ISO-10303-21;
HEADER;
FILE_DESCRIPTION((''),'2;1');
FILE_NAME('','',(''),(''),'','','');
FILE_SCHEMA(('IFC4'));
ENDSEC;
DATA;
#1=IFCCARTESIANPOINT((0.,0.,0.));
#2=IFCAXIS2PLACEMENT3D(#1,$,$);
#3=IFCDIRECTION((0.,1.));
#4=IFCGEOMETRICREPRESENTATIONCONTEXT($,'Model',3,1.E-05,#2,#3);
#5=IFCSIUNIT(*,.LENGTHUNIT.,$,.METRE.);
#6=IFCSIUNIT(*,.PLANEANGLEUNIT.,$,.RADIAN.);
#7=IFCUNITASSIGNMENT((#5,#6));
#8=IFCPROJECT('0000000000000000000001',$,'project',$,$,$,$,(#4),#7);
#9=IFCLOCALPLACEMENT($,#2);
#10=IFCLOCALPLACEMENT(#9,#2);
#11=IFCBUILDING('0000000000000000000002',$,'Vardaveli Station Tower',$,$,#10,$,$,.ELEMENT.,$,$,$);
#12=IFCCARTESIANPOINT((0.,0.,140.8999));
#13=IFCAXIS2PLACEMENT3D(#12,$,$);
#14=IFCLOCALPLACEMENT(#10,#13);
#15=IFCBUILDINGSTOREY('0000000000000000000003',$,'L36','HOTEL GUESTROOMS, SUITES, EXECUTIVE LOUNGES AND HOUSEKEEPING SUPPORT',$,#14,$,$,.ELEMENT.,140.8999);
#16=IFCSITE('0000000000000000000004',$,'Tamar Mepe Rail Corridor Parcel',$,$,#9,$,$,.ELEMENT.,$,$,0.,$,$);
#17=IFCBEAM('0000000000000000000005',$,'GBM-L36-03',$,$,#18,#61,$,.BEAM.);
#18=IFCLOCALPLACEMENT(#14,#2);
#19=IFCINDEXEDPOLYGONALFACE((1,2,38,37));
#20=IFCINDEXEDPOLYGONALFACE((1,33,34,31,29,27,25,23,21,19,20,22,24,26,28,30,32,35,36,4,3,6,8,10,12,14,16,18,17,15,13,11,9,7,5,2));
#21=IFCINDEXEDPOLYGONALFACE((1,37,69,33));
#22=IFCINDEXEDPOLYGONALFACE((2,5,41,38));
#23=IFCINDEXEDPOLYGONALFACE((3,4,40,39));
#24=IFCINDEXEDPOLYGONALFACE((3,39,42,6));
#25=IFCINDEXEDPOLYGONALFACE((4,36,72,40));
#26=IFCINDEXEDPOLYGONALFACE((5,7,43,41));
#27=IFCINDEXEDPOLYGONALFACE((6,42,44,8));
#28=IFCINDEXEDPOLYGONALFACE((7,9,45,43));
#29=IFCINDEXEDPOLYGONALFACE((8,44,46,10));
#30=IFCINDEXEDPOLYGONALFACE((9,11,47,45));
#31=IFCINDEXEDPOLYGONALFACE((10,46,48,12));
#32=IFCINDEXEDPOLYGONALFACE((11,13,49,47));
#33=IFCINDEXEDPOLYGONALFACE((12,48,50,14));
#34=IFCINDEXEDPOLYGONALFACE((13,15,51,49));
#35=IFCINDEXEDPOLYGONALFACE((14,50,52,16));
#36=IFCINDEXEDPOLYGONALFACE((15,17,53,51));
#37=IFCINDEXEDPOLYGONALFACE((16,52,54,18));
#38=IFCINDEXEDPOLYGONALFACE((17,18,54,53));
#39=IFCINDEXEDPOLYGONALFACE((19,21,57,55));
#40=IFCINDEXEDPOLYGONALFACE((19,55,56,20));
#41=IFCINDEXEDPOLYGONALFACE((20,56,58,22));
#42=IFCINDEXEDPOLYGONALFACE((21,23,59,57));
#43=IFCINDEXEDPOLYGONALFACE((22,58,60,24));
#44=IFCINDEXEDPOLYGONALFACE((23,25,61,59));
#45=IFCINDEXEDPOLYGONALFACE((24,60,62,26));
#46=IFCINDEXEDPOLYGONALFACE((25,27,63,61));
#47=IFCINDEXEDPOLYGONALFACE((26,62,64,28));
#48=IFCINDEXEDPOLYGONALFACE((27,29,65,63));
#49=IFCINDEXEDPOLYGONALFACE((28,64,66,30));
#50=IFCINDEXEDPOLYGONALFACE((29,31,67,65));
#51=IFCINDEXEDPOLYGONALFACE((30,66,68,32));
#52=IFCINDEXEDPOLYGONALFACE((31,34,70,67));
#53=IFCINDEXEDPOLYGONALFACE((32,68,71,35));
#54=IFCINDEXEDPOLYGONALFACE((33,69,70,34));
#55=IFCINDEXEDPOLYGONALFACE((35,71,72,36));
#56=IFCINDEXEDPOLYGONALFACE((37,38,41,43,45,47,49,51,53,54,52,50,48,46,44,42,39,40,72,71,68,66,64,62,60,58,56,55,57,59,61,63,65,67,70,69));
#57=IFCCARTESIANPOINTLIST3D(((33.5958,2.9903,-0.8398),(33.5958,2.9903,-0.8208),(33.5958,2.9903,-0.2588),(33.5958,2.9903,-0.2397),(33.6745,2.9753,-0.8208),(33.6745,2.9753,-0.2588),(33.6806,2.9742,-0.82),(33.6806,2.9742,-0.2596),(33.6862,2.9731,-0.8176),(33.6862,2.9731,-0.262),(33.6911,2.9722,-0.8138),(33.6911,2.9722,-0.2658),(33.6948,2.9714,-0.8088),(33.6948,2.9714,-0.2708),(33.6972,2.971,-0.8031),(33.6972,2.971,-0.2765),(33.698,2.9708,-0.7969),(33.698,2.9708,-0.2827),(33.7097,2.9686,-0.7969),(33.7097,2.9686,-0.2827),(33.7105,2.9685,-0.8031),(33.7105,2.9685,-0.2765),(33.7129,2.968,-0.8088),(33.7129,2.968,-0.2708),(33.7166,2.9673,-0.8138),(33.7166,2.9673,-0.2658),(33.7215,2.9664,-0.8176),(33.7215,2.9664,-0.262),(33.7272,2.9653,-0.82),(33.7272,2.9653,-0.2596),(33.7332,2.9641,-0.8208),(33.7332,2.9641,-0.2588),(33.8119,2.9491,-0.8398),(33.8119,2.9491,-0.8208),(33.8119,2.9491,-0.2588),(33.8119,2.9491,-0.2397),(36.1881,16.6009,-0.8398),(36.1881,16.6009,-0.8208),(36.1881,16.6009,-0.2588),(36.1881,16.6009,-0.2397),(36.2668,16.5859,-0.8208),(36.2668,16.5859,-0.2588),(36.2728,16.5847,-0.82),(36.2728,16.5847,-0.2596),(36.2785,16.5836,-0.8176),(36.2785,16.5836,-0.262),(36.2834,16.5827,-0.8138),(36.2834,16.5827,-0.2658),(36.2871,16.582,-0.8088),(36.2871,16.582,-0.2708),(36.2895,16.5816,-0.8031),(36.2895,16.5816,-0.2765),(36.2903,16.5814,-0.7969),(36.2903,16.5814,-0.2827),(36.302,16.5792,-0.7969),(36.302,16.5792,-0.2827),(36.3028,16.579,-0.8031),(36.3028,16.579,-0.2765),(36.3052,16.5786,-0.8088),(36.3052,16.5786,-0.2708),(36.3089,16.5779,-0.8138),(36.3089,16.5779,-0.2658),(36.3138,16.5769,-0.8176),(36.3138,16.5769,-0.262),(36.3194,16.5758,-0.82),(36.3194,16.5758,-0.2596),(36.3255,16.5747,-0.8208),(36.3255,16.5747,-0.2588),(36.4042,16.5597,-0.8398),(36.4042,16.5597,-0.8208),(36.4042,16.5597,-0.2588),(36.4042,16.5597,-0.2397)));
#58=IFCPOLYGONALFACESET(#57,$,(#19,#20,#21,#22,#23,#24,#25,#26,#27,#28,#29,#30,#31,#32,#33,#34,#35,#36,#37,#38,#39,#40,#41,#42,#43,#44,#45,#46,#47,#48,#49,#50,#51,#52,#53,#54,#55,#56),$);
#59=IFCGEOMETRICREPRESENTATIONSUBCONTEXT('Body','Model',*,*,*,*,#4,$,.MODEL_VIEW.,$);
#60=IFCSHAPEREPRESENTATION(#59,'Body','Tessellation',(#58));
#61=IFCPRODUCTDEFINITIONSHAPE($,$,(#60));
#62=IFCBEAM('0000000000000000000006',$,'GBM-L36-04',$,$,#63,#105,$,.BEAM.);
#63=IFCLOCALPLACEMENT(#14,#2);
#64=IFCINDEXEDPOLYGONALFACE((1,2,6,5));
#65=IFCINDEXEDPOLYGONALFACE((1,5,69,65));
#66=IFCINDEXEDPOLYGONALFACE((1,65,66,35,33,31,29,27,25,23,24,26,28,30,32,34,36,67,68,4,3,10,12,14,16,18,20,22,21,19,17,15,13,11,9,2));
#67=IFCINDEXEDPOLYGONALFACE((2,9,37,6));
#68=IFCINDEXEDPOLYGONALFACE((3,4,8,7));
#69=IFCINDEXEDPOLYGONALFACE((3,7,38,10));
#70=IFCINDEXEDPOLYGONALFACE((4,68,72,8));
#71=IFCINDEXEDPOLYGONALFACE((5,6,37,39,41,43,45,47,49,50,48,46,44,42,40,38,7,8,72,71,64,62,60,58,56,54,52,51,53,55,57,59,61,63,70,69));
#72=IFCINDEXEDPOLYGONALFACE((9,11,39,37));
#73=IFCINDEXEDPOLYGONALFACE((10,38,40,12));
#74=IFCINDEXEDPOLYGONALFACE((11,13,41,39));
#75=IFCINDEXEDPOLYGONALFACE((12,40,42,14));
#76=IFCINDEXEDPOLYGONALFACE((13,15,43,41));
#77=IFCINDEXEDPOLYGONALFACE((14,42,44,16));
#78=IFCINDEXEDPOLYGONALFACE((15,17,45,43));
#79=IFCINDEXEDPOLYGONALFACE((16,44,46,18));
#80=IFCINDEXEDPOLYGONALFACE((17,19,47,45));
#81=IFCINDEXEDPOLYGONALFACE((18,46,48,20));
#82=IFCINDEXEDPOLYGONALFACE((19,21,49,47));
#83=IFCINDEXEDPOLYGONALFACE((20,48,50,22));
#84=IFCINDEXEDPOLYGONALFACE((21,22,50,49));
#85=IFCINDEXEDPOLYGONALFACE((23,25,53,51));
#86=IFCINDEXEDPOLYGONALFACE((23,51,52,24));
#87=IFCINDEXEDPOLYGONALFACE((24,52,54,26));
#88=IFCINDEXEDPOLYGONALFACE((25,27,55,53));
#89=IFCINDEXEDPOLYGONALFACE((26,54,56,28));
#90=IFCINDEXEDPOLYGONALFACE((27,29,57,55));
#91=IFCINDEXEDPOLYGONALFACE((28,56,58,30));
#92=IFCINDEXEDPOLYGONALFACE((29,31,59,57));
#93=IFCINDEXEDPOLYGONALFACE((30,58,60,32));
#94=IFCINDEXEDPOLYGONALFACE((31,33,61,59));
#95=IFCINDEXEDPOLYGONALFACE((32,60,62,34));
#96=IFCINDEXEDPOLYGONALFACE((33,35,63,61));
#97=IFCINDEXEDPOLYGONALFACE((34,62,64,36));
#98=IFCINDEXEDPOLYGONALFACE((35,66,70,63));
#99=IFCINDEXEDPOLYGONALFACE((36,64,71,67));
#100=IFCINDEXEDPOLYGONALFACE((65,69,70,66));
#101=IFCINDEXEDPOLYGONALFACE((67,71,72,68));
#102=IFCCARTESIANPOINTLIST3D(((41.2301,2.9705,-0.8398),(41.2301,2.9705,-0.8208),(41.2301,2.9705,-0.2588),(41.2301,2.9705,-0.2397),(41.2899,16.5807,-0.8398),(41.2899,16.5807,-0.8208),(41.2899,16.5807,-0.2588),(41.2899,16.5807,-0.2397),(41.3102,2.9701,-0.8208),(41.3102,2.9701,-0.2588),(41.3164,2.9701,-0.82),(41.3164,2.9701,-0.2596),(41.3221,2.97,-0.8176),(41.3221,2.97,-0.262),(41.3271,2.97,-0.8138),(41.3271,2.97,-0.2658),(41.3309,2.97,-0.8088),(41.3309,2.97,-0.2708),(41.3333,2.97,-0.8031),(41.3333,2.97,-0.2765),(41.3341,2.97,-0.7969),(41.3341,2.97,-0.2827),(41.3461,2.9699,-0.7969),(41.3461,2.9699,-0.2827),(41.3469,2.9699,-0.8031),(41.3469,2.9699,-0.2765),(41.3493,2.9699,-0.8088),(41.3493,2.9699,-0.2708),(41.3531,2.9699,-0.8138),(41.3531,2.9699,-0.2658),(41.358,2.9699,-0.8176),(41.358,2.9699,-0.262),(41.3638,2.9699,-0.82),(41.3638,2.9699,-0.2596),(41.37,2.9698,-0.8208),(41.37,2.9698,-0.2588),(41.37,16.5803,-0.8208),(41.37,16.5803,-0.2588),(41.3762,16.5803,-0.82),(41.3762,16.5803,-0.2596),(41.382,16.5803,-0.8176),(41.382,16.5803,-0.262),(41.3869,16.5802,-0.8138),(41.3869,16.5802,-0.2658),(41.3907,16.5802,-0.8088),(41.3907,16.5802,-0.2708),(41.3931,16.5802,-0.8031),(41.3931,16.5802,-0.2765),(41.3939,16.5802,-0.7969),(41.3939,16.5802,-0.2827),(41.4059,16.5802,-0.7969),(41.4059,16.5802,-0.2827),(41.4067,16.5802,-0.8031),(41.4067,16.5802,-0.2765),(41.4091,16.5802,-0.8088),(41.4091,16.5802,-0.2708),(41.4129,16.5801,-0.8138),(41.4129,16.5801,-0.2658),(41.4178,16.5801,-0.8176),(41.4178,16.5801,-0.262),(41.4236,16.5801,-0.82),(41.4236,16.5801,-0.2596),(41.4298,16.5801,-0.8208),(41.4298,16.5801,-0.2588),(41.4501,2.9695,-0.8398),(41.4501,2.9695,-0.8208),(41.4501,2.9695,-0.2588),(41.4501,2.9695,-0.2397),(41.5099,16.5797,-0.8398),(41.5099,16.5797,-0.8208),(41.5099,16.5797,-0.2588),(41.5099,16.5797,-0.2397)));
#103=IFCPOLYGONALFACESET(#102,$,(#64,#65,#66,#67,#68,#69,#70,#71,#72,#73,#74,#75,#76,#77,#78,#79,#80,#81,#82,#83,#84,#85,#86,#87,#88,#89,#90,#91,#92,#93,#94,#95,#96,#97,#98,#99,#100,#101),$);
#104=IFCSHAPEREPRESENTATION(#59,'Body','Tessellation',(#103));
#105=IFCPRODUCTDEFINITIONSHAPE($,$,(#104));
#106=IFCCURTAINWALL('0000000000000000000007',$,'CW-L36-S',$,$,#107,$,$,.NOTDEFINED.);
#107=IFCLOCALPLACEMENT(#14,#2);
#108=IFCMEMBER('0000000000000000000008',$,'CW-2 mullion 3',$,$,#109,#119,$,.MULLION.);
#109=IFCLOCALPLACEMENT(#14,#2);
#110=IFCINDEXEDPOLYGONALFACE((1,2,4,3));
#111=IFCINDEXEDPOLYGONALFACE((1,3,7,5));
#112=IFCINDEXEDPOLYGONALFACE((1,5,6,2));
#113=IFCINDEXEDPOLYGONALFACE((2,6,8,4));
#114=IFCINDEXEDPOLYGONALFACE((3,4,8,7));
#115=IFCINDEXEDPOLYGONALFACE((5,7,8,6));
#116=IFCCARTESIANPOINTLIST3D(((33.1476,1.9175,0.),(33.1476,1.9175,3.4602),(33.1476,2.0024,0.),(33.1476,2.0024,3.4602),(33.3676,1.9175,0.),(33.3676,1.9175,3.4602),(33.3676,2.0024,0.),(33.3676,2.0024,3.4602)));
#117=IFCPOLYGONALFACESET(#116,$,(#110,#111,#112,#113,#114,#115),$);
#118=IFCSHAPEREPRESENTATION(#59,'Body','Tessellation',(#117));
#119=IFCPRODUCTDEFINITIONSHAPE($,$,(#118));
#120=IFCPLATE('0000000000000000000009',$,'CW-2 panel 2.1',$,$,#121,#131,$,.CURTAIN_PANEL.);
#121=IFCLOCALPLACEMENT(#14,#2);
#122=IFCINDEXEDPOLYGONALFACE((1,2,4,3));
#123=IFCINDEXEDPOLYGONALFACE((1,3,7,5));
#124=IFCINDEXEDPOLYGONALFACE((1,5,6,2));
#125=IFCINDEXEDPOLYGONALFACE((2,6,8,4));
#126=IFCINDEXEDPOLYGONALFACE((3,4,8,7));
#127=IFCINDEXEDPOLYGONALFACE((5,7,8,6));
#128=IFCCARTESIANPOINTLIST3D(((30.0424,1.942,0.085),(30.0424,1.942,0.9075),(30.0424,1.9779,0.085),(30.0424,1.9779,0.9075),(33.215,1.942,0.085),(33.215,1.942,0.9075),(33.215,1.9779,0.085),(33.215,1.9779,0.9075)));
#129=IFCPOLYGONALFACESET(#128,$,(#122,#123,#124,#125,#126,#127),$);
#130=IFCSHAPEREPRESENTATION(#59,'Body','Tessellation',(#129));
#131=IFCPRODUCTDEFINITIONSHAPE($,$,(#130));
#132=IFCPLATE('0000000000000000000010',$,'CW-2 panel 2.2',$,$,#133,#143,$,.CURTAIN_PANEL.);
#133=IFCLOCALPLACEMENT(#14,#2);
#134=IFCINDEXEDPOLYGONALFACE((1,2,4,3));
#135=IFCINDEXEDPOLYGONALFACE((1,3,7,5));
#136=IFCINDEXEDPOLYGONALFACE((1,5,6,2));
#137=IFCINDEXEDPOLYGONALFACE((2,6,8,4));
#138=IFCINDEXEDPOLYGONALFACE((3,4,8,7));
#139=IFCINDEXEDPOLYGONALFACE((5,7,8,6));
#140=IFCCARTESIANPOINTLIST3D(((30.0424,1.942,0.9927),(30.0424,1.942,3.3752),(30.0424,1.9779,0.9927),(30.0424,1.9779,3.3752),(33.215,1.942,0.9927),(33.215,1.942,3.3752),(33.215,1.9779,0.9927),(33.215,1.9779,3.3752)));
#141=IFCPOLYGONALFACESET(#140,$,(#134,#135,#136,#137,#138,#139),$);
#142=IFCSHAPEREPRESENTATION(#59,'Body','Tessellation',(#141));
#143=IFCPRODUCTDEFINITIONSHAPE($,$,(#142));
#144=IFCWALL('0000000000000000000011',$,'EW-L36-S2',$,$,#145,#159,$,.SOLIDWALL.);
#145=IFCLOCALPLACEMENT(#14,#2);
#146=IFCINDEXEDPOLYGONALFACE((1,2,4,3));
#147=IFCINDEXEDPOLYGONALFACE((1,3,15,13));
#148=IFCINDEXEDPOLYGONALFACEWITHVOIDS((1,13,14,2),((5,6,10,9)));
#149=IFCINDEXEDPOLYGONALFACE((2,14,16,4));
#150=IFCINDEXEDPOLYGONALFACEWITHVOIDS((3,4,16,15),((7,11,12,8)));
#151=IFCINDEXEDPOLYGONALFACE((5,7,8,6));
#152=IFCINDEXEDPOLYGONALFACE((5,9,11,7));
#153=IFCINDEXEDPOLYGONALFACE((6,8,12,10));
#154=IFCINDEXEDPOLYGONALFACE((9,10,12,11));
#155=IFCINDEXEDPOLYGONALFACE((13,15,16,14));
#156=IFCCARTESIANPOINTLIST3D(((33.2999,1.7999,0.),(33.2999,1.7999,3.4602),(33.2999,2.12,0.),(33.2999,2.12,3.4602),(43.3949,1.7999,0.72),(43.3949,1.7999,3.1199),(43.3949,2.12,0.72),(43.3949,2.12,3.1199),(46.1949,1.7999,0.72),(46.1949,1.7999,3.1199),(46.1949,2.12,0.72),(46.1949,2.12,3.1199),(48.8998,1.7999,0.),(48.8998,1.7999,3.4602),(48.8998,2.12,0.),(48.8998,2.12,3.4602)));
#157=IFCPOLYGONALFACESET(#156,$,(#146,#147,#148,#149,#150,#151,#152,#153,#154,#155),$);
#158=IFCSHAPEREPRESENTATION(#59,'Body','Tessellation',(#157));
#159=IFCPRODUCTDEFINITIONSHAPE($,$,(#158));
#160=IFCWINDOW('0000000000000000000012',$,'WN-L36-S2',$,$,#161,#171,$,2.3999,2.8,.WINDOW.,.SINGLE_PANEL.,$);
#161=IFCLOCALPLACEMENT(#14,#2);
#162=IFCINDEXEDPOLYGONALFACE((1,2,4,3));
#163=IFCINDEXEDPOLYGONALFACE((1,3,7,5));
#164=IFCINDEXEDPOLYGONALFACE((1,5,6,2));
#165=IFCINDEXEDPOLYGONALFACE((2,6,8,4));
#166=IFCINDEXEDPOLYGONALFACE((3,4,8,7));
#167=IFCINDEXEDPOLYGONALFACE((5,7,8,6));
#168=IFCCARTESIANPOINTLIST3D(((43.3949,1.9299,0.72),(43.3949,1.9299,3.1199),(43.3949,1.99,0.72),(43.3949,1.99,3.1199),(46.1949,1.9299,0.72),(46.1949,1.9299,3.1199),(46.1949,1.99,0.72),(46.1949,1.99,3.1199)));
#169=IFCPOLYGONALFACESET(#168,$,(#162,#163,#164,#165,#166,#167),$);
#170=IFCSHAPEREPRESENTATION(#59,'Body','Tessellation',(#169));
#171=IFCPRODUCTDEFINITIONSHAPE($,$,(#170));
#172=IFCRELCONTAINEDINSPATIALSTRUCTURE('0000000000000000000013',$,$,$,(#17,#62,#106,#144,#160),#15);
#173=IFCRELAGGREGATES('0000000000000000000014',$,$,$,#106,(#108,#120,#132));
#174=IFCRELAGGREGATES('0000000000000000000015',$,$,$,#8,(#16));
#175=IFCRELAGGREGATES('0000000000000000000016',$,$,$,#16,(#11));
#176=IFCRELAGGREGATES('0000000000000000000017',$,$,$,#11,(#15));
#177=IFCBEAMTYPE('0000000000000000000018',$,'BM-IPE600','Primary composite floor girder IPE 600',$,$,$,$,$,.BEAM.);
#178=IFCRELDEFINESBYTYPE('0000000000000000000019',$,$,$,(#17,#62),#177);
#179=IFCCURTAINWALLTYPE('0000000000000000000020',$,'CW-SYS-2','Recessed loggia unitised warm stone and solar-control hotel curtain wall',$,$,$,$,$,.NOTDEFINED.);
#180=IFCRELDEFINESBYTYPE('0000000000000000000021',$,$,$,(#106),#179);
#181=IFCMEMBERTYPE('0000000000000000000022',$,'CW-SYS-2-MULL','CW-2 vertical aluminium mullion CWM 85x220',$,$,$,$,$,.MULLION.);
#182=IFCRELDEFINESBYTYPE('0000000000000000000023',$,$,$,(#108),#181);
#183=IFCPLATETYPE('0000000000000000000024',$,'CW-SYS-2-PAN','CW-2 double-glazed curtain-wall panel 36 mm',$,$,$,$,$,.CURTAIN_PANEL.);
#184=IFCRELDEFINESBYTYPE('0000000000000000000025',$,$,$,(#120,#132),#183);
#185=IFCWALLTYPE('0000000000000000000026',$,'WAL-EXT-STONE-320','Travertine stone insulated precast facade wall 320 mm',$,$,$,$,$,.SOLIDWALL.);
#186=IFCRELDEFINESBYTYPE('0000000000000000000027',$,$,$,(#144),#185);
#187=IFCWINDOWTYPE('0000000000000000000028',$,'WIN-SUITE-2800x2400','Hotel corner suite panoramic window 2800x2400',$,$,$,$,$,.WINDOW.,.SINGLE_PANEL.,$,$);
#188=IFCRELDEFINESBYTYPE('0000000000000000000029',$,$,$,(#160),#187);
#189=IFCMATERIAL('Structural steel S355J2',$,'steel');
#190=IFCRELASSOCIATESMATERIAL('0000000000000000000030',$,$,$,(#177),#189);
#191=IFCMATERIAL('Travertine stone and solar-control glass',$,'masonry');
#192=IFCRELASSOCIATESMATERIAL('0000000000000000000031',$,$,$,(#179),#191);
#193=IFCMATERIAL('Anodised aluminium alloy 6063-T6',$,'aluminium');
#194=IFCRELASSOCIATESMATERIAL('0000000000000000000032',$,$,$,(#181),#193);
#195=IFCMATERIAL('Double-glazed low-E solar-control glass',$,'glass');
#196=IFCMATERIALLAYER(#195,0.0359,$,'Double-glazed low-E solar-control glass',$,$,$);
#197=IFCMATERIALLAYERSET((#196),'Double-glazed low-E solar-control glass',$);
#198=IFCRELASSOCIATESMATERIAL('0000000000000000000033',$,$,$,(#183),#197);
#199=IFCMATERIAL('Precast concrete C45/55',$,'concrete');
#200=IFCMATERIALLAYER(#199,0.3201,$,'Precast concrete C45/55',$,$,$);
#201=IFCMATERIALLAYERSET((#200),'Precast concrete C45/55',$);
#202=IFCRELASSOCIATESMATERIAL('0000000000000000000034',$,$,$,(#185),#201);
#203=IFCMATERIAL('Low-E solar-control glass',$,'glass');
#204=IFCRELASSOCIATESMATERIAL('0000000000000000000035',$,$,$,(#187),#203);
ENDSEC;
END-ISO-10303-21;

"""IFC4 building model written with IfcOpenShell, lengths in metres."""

from ifc_helpers import new_model, si_unit, direction, frame, frame_2d, origin, origin_2d, place, context, subcontext, project, spatial, rectangle, i_section, extrude, source, transform, mapped, material, layer, layer_set, material_profile, profile_set, type_object, element, fill, aggregate, save


model = new_model("IFC4")

# Units and contexts
model_context = context("Model", 3, precision=1e-05, world=origin(), true_north=direction((0.0, 1.0)))
body_context = subcontext(model_context, "Body", "Model", "MODEL_VIEW")
ifc_project = project(units=[si_unit("LENGTHUNIT", "METRE"), si_unit("PLANEANGLEUNIT", "RADIAN")], contexts=[model_context])

# Site, building, storey
site_placement = place(None, origin())
site = spatial("IfcSite", under=ifc_project, at=site_placement, Name="Tamar Mepe Rail Corridor Parcel", CompositionType="ELEMENT", RefElevation=0.0)
building_placement = place(site_placement, origin())
building = spatial("IfcBuilding", under=site, at=building_placement, Name="Vardaveli Station Tower", CompositionType="ELEMENT")
storey_placement = place(building_placement, frame((0.0, 0.0, 140.8999)))
storey = spatial("IfcBuildingStorey", under=building, at=storey_placement, Name="L36", Description="HOTEL GUESTROOMS, SUITES, EXECUTIVE LOUNGES AND HOUSEKEEPING SUPPORT", CompositionType="ELEMENT", Elevation=140.8999)

# Beams
ifc_material_1 = material(Name="Structural steel S355J2", Category="steel")
ifc_material_2 = material(Name="Precast concrete C45/55", Category="concrete")
ifc_material_profile_1 = material_profile(ifc_material_1, i_section(OverallWidth=0.22, OverallDepth=0.6001, WebThickness=0.012, FlangeThickness=0.019, FilletRadius=0.0239, at=origin_2d()), Name="IPE 600")
ifc_profile_set_1 = profile_set([ifc_material_profile_1], Name="Structural steel S355J2")
beam_type_1 = type_object("IfcBeamType", Name="BM-IPE600", Description="Primary composite floor girder IPE 600", PredefinedType="BEAM", material=ifc_profile_set_1)
shared_shape_1 = source(origin(), body_context, "Body", "SweptSolid", [
    extrude(i_section(OverallWidth=0.22, OverallDepth=0.6001, WebThickness=0.012, FlangeThickness=0.019, FilletRadius=0.0239, at=origin_2d()), origin(), (0.0, 0.0, 1.0), 13.8552),
])
beam_1_placement = place(storey_placement, frame((33.7039, 2.9697, -0.5398), z_axis=(0.187098, 0.982341, 0.0), x_axis=(-0.982341, 0.187098, 0.0)))
element("IfcBeam", 1, at=beam_1_placement, inside=storey, type_object=beam_type_1, Name="GBM-L36-03", PredefinedType="BEAM", context=body_context, shape_type="MappedRepresentation", body=[
    mapped(shared_shape_1, transform((0.0, 0.0, 0.0), scale=1.0)),
])
shared_shape_2 = source(origin(), body_context, "Body", "SweptSolid", [
    extrude(i_section(OverallWidth=0.22, OverallDepth=0.6001, WebThickness=0.012, FlangeThickness=0.019, FilletRadius=0.0239, at=origin_2d()), origin(), (0.0, 0.0, 1.0), 13.6104),
])
beam_2_placement = place(storey_placement, frame((41.3401, 2.97, -0.5398), z_axis=(0.004395, 0.99999, 0.0), x_axis=(-0.99999, 0.004395, 0.0)))
element("IfcBeam", 2, at=beam_2_placement, inside=storey, type_object=beam_type_1, Name="GBM-L36-04", PredefinedType="BEAM", context=body_context, shape_type="MappedRepresentation", body=[
    mapped(shared_shape_2, transform((0.0, 0.0, 0.0), scale=1.0)),
])

# Curtain wall, member, plates
ifc_material_3 = material(Name="Travertine stone and solar-control glass", Category="masonry")
curtain_wall_type = type_object("IfcCurtainWallType", Name="CW-SYS-2", Description="Recessed loggia unitised warm stone and solar-control hotel curtain wall", PredefinedType="NOTDEFINED", material=ifc_material_3)
curtain_wall_placement = place(storey_placement, origin())
curtain_wall = element("IfcCurtainWall", 3, at=curtain_wall_placement, inside=storey, type_object=curtain_wall_type, Name="CW-L36-S", PredefinedType="NOTDEFINED")
ifc_material_4 = material(Name="Anodised aluminium alloy 6063-T6", Category="aluminium")
ifc_material_profile_2 = material_profile(ifc_material_4, rectangle(XDim=0.085, YDim=0.22, at=origin_2d()), Name="CWM 85x220")
ifc_profile_set_2 = profile_set([ifc_material_profile_2], Name="Anodised aluminium alloy 6063-T6")
member_type = type_object("IfcMemberType", Name="CW-SYS-2-MULL", Description="CW-2 vertical aluminium mullion CWM 85x220", PredefinedType="MULLION", material=ifc_profile_set_2)
shared_shape_3 = source(origin(), body_context, "Body", "SweptSolid", [
    extrude(rectangle(XDim=0.085, YDim=0.22, at=origin_2d()), origin(), (0.0, 0.0, 1.0), 3.4602),
])
member_placement = place(storey_placement, frame((33.2576, 1.96, 0.0), z_axis=(0.0, 0.0, 1.0), x_axis=(0.0, 1.0, 0.0)))
member = element("IfcMember", 4, at=member_placement, type_object=member_type, Name="CW-2 mullion 3", PredefinedType="MULLION", context=body_context, shape_type="MappedRepresentation", body=[
    mapped(shared_shape_3, transform((0.0, 0.0, 0.0), scale=1.0)),
])
ifc_material_5 = material(Name="Double-glazed low-E solar-control glass", Category="glass")
ifc_layer_1 = layer(ifc_material_5, 0.0359, Name="Double-glazed low-E solar-control glass")
ifc_layer_set_1 = layer_set([ifc_layer_1], Name="Double-glazed low-E solar-control glass")
plate_type = type_object("IfcPlateType", Name="CW-SYS-2-PAN", Description="CW-2 double-glazed curtain-wall panel 36 mm", PredefinedType="CURTAIN_PANEL", material=ifc_layer_set_1)
shared_shape_4 = source(origin(), body_context, "Body", "SweptSolid", [
    extrude(rectangle(XDim=3.1726, YDim=0.0359, at=origin_2d()), origin(), (0.0, 0.0, 1.0), 0.8225),
])
plate_1_placement = place(storey_placement, frame((31.6287, 1.96, 0.085), z_axis=(0.0, 0.0, 1.0), x_axis=(1.0, 0.0, 0.0)))
plate_1 = element("IfcPlate", 5, at=plate_1_placement, type_object=plate_type, Name="CW-2 panel 2.1", PredefinedType="CURTAIN_PANEL", context=body_context, shape_type="MappedRepresentation", body=[
    mapped(shared_shape_4, transform((0.0, 0.0, 0.0), scale=1.0)),
])
shared_shape_5 = source(origin(), body_context, "Body", "SweptSolid", [
    extrude(rectangle(XDim=3.1726, YDim=0.0359, at=origin_2d()), origin(), (0.0, 0.0, 1.0), 2.3826),
])
plate_2_placement = place(storey_placement, frame((31.6287, 1.96, 0.9927), z_axis=(0.0, 0.0, 1.0), x_axis=(1.0, 0.0, 0.0)))
plate_2 = element("IfcPlate", 6, at=plate_2_placement, type_object=plate_type, Name="CW-2 panel 2.2", PredefinedType="CURTAIN_PANEL", context=body_context, shape_type="MappedRepresentation", body=[
    mapped(shared_shape_5, transform((0.0, 0.0, 0.0), scale=1.0)),
])
aggregate(curtain_wall, [member, plate_1, plate_2])

# Wall, opening, window
ifc_layer_2 = layer(ifc_material_2, 0.3201, Name="Precast concrete C45/55")
ifc_layer_set_2 = layer_set([ifc_layer_2], Name="Precast concrete C45/55")
wall_type_1 = type_object("IfcWallType", Name="WAL-EXT-STONE-320", Description="Travertine stone insulated precast facade wall 320 mm", PredefinedType="SOLIDWALL", material=ifc_layer_set_2)
shared_shape_6 = source(origin(), body_context, "Body", "SweptSolid", [
    extrude(rectangle(XDim=15.5999, YDim=0.3201, at=frame_2d((7.7998, 0.0))), origin(), (0.0, 0.0, 1.0), 3.4602),
])
wall_1_placement = place(storey_placement, frame((33.3, 1.96, 0.0), z_axis=(0.0, 0.0, 1.0), x_axis=(1.0, 0.0, 0.0)))
wall_1 = element("IfcWall", 7, at=wall_1_placement, inside=storey, type_object=wall_type_1, Name="EW-L36-S2", PredefinedType="SOLIDWALL", context=body_context, shape_type="MappedRepresentation", body=[
    mapped(shared_shape_6, transform((0.0, 0.0, 0.0), scale=1.0)),
])
shared_shape_7 = source(origin(), body_context, "Body", "SweptSolid", [
    extrude(rectangle(XDim=2.8, YDim=2.3999, at=frame_2d((1.3999, 1.2))), frame((0.0, 0.1699, 0.0), z_axis=(0.0, -1.0, 0.0), x_axis=(1.0, 0.0, 0.0)), (0.0, 0.0, 1.0), 0.3401),
])
opening_1_placement = place(wall_1_placement, frame((10.095, 0.0, 0.72)))
opening_1 = element("IfcOpeningElement", 8, at=opening_1_placement, cuts=wall_1, PredefinedType="OPENING", context=body_context, shape_type="MappedRepresentation", body=[
    mapped(shared_shape_7, transform((0.0, 0.0, 0.0), scale=1.0)),
])
ifc_material_6 = material(Name="Low-E solar-control glass", Category="glass")
window_type = type_object("IfcWindowType", Name="WIN-SUITE-2800x2400", Description="Hotel corner suite panoramic window 2800x2400", PartitioningType="SINGLE_PANEL", PredefinedType="WINDOW", material=ifc_material_6)
shared_shape_8 = source(origin(), body_context, "Body", "SweptSolid", [
    extrude(rectangle(XDim=2.8, YDim=2.3999, at=frame_2d((1.3999, 1.2))), frame((0.0, 0.03, 0.0), z_axis=(0.0, -1.0, 0.0), x_axis=(1.0, 0.0, 0.0)), (0.0, 0.0, 1.0), 0.0601),
])
window_placement = place(opening_1_placement, origin())
window = element("IfcWindow", 9, at=window_placement, inside=storey, type_object=window_type, Name="WN-L36-S2", OverallHeight=2.3999, OverallWidth=2.8, PartitioningType="SINGLE_PANEL", PredefinedType="WINDOW", context=body_context, shape_type="MappedRepresentation", body=[
    mapped(shared_shape_8, transform((0.0, 0.0, 0.0), scale=1.0)),
])
fill(opening_1, window)

save(model, "model.ifc")
